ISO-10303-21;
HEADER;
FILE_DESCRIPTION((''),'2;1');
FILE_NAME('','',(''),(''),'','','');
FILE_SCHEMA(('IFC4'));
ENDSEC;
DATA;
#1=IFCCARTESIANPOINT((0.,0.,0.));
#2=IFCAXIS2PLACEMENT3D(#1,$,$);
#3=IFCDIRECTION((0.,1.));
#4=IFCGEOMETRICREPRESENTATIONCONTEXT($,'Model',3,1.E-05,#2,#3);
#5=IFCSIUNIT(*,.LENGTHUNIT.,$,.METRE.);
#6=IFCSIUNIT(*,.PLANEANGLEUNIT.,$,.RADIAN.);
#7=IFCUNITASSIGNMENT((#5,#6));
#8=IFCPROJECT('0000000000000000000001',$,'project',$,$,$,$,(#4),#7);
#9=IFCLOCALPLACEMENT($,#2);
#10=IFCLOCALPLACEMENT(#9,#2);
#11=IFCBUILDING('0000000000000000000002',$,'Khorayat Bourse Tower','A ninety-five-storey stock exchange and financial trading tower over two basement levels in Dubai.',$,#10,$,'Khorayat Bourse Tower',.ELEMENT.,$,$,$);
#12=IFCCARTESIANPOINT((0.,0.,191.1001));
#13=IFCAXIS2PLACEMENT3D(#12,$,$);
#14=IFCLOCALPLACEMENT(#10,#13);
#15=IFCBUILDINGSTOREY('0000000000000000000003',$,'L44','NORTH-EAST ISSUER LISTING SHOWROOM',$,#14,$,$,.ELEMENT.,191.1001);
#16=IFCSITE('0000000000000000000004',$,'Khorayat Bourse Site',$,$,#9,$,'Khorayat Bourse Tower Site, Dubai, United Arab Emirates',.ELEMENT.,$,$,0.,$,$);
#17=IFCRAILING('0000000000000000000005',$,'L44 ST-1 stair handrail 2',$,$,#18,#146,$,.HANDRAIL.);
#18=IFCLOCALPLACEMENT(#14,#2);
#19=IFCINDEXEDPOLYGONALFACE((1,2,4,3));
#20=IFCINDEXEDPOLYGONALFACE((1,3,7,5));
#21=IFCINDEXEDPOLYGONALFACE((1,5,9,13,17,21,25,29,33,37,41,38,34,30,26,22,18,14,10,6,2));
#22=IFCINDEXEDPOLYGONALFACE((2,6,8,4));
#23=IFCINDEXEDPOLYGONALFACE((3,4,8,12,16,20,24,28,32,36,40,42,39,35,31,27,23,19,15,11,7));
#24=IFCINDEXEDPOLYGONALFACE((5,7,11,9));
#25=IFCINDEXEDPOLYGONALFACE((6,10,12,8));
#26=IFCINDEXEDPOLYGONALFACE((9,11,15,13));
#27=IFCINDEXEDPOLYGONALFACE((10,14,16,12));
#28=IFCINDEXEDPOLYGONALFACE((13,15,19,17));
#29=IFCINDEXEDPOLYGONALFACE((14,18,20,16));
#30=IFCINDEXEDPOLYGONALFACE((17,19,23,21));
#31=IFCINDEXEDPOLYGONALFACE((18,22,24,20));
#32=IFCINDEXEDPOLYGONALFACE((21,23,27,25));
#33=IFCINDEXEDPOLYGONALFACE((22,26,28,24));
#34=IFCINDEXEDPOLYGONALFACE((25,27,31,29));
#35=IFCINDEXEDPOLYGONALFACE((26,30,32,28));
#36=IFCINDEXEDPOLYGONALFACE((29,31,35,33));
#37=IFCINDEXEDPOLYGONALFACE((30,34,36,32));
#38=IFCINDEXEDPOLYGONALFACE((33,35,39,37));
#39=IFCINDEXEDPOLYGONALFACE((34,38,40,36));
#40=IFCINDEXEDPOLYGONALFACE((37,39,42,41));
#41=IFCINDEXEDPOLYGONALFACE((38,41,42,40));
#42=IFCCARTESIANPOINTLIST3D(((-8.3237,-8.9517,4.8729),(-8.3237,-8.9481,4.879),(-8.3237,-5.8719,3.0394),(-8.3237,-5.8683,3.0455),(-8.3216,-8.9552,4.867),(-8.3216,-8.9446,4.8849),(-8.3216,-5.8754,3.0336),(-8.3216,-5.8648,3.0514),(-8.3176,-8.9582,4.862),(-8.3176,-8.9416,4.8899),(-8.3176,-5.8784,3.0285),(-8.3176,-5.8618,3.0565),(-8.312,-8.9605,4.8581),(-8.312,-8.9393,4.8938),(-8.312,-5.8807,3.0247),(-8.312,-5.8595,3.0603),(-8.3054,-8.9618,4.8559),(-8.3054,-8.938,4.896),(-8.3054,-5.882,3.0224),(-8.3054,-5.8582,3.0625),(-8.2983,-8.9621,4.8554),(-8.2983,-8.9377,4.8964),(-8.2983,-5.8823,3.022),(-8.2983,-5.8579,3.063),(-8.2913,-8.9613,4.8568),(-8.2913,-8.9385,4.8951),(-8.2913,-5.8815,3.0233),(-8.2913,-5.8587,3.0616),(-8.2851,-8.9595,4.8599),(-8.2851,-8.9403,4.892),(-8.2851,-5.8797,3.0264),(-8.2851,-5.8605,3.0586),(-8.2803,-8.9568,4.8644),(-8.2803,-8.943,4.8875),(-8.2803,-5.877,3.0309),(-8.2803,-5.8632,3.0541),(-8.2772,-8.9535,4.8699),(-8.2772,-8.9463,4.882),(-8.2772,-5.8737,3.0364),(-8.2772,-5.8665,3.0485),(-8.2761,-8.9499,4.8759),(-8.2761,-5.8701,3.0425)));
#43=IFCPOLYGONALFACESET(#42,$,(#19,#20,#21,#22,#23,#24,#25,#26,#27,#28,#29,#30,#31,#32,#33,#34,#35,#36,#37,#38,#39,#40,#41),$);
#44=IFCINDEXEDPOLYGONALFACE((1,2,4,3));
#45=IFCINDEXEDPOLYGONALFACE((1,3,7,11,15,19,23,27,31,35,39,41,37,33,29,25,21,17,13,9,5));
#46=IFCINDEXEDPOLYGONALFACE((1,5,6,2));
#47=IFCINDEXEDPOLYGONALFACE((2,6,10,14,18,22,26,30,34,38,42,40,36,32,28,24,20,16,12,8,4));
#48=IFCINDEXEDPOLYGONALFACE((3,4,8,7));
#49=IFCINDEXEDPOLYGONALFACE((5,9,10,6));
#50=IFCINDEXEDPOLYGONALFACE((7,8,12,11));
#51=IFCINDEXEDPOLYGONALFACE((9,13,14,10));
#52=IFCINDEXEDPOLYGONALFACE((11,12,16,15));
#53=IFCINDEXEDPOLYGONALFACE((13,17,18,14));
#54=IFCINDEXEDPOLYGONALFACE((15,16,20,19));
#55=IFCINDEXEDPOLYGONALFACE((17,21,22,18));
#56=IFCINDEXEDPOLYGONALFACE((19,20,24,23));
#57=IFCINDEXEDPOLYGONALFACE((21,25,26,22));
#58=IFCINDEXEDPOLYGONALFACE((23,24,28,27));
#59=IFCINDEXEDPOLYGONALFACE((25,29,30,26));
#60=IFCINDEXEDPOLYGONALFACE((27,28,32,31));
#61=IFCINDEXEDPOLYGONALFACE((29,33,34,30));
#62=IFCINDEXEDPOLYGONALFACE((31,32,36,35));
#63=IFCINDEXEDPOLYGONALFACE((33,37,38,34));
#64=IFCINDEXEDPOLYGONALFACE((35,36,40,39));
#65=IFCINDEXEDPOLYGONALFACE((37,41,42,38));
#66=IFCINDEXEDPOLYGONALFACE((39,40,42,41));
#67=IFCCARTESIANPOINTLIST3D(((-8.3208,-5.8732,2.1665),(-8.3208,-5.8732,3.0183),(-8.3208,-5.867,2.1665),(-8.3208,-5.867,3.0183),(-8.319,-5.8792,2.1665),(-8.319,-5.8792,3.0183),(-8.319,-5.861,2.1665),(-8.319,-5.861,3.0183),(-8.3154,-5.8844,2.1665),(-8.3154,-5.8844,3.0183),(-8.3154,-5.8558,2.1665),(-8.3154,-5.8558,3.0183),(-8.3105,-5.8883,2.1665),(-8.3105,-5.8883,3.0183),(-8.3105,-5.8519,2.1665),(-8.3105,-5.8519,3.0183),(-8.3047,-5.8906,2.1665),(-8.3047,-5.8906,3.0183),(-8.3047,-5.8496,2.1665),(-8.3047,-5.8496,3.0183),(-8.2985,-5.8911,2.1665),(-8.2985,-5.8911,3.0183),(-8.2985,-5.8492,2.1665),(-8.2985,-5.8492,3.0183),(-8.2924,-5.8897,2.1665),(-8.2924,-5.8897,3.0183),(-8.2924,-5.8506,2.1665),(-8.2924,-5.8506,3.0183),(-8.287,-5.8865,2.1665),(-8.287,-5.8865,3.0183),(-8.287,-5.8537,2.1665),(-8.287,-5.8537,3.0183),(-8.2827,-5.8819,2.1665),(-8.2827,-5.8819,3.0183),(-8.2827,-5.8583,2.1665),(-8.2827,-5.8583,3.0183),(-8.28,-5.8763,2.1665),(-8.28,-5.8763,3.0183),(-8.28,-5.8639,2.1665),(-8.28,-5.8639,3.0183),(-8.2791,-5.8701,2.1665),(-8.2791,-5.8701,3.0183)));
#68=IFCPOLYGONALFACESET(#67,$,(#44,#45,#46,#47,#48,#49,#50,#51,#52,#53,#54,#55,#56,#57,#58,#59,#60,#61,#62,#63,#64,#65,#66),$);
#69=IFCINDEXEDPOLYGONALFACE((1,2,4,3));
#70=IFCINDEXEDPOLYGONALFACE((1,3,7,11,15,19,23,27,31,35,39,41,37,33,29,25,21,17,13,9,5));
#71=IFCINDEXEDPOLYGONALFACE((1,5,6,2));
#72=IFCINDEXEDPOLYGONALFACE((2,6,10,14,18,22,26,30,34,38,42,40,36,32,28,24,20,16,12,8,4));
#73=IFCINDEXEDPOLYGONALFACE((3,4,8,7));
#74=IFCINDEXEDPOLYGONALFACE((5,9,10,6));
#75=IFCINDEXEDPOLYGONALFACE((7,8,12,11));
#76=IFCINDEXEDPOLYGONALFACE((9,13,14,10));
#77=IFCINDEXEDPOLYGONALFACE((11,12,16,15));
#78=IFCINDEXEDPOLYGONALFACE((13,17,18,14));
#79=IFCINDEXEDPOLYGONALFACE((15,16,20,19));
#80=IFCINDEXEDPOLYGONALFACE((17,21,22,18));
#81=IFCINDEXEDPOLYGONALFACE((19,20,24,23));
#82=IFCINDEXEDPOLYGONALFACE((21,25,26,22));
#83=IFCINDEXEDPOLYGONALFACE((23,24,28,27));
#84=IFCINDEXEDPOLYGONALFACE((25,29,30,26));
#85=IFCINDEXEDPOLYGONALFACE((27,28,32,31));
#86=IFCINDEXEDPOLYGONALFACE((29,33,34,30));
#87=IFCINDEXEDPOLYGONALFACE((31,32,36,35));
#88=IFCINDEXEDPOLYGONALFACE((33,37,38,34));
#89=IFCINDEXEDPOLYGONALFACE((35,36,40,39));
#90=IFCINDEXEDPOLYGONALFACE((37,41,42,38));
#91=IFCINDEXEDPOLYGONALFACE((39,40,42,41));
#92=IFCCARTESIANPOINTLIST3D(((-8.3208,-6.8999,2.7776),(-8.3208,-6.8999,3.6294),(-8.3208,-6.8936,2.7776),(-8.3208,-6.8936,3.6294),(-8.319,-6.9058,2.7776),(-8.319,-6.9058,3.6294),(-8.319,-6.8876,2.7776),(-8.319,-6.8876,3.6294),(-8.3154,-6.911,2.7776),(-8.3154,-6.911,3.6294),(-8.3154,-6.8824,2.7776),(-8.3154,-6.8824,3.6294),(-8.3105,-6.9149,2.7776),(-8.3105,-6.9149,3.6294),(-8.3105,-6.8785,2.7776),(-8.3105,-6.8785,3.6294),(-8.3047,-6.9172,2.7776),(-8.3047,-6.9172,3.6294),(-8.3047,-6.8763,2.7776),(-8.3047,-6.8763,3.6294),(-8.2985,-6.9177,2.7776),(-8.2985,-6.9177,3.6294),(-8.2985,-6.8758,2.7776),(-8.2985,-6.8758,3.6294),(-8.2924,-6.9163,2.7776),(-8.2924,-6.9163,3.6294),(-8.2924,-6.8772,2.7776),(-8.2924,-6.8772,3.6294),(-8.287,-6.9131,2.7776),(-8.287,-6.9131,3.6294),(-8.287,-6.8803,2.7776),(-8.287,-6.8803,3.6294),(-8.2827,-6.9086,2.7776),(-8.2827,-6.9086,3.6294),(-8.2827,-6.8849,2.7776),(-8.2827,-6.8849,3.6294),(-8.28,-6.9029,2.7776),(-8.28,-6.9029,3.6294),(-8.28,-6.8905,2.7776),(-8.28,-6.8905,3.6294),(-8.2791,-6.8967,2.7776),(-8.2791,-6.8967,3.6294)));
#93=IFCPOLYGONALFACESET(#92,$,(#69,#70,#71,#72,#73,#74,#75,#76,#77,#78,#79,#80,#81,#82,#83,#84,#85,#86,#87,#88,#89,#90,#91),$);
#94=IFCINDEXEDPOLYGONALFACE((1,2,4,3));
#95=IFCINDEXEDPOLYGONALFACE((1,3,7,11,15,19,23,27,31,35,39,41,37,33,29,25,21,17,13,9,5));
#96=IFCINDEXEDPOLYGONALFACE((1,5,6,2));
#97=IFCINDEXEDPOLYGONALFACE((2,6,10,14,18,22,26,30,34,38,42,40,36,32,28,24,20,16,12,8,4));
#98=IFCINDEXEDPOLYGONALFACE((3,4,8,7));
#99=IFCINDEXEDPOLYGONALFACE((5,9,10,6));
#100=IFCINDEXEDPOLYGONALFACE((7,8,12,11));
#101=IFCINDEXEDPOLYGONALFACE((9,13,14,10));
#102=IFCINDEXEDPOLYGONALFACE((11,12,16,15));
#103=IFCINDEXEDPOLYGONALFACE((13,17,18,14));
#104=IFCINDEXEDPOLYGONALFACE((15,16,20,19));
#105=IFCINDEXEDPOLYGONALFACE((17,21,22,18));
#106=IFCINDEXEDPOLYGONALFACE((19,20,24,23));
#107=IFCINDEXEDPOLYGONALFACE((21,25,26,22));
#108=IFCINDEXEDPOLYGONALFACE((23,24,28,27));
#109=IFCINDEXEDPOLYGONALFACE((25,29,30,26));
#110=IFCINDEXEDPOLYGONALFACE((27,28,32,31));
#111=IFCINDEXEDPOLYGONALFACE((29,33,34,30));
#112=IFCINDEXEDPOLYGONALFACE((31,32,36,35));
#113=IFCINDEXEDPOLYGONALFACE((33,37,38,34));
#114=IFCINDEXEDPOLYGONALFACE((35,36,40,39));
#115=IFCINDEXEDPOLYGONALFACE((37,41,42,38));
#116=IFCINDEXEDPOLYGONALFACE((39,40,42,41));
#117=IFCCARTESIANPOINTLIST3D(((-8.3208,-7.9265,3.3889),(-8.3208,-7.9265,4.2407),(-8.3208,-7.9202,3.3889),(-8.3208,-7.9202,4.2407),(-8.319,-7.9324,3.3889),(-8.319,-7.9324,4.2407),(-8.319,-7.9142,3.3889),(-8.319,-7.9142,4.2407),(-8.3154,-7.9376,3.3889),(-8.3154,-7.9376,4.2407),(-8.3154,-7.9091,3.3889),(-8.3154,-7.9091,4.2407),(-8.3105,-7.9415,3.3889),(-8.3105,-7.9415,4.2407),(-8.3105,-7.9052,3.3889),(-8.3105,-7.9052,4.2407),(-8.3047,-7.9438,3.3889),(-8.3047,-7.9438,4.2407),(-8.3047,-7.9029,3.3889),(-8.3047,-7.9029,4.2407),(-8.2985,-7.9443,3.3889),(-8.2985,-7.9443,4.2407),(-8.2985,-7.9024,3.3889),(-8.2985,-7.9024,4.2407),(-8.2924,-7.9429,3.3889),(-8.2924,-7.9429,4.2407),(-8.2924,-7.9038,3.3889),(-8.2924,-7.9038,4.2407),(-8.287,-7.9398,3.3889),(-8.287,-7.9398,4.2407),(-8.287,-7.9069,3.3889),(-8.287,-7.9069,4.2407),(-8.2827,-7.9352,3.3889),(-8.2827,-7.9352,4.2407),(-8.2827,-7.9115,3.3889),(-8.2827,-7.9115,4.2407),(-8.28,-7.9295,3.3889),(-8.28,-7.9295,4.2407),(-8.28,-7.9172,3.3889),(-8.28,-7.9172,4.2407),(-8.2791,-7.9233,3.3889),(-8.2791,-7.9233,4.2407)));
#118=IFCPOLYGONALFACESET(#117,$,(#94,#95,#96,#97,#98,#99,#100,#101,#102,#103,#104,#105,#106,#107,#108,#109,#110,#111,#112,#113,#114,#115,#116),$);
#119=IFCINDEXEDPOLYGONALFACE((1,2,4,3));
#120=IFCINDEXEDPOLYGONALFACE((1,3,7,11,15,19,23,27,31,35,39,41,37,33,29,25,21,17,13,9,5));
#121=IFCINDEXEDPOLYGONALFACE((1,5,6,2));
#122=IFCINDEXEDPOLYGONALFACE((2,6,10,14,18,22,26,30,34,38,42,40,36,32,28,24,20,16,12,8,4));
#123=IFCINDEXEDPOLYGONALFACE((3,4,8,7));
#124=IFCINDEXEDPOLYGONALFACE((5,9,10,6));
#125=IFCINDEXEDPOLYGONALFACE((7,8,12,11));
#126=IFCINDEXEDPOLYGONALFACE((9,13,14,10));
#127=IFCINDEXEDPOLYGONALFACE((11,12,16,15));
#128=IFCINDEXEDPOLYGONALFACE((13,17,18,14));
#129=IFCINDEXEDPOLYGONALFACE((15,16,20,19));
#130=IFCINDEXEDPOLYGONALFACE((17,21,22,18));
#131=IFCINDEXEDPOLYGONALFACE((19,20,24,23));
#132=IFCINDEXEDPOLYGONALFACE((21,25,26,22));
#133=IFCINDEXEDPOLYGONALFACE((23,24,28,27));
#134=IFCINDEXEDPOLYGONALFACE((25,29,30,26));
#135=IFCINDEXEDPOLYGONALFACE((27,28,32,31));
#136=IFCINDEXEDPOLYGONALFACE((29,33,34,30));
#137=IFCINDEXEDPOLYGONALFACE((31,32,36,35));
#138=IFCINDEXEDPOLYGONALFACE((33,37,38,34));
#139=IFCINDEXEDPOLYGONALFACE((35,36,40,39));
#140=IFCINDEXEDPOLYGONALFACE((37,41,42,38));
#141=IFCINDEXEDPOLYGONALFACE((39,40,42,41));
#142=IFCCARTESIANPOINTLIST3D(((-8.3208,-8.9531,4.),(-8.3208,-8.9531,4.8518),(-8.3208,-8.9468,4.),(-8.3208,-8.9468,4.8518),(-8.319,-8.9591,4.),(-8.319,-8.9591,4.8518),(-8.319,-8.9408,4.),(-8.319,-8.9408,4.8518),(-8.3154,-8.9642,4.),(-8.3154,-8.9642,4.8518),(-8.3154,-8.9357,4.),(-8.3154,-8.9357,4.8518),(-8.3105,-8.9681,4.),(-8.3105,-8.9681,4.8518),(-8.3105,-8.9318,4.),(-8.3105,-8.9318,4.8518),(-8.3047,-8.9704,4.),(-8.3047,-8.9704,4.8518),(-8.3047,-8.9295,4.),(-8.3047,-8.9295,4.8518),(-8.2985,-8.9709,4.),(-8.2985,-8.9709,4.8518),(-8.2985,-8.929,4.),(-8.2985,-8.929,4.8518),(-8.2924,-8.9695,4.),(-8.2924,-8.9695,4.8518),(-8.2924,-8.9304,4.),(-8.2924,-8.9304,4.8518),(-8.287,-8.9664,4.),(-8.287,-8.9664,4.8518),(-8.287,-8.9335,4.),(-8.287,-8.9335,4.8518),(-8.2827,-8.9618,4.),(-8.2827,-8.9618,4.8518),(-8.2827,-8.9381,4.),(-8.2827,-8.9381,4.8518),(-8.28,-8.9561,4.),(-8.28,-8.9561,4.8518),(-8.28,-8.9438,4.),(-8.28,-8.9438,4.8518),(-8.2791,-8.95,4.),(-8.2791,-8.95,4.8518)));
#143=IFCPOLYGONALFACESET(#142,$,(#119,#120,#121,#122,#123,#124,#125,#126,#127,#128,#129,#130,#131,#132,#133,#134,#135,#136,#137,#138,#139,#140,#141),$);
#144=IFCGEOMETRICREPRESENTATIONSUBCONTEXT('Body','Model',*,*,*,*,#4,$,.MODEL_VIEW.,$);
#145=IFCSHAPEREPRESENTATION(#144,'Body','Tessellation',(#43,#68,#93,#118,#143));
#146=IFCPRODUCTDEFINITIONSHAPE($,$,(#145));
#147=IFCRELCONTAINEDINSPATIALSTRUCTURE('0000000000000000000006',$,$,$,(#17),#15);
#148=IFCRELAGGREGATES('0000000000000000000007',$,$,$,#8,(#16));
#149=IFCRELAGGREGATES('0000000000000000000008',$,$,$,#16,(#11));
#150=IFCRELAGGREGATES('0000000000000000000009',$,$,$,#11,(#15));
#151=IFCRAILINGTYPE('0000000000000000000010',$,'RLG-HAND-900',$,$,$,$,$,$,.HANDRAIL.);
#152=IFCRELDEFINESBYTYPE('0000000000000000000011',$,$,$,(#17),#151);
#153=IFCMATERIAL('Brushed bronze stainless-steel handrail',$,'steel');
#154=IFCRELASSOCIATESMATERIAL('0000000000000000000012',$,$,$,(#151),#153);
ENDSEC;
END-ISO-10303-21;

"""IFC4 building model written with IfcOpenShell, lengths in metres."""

from ifc_helpers import new_model, si_unit, direction, frame, origin, origin_2d, place, context, subcontext, project, spatial, circle, extrude, source, transform, mapped, material, type_object, element, save


model = new_model("IFC4")

# Units and contexts
model_context = context("Model", 3, precision=1e-05, world=origin(), true_north=direction((0.0, 1.0)))
body_context = subcontext(model_context, "Body", "Model", "MODEL_VIEW")
ifc_project = project(units=[si_unit("LENGTHUNIT", "METRE"), si_unit("PLANEANGLEUNIT", "RADIAN")], contexts=[model_context])

# Site, building, storey
site_placement = place(None, origin())
site = spatial("IfcSite", under=ifc_project, at=site_placement, Name="Khorayat Bourse Site", LongName="Khorayat Bourse Tower Site, Dubai, United Arab Emirates", CompositionType="ELEMENT", RefElevation=0.0)
building_placement = place(site_placement, origin())
building = spatial("IfcBuilding", under=site, at=building_placement, Name="Khorayat Bourse Tower", Description="A ninety-five-storey stock exchange and financial trading tower over two basement levels in Dubai.", LongName="Khorayat Bourse Tower", CompositionType="ELEMENT")
storey_placement = place(building_placement, frame((0.0, 0.0, 191.1001)))
storey = spatial("IfcBuildingStorey", under=building, at=storey_placement, Name="L44", Description="NORTH-EAST ISSUER LISTING SHOWROOM", CompositionType="ELEMENT", Elevation=191.1001)

# Railing
ifc_material_1 = material(Name="Brushed bronze stainless-steel handrail", Category="steel")
railing_type_1 = type_object("IfcRailingType", Name="RLG-HAND-900", PredefinedType="HANDRAIL", material=ifc_material_1)
shared_shape_1 = source(origin(), body_context, "Body", "SweptSolid", [
    extrude(circle(Radius=0.0239, at=origin_2d()), frame((0.0, 0.0, 0.876), z_axis=(0.0, -0.859261, 0.511538), x_axis=(1.0, 0.0, 0.0)), (0.0, 0.0, 1.0), 3.5842),
    extrude(circle(Radius=0.021, at=origin_2d()), origin(), (0.0, 0.0, 1.0), 0.8518),
    extrude(circle(Radius=0.021, at=origin_2d()), frame((0.0, -1.0266, 0.6111)), (0.0, 0.0, 1.0), 0.8518),
    extrude(circle(Radius=0.021, at=origin_2d()), frame((0.0, -2.0532, 1.2224)), (0.0, 0.0, 1.0), 0.8518),
    extrude(circle(Radius=0.021, at=origin_2d()), frame((0.0, -3.0798, 1.8335)), (0.0, 0.0, 1.0), 0.8518),
])
railing_1_placement = place(storey_placement, frame((-8.3, -5.8701, 2.1665)))
element("IfcRailing", 1, at=railing_1_placement, inside=storey, type_object=railing_type_1, Name="L44 ST-1 stair handrail 2", PredefinedType="HANDRAIL", context=body_context, shape_type="MappedRepresentation", body=[
    mapped(shared_shape_1, transform((0.0, 0.0, 0.0), scale=1.0)),
])

save(model, "model.ifc")
